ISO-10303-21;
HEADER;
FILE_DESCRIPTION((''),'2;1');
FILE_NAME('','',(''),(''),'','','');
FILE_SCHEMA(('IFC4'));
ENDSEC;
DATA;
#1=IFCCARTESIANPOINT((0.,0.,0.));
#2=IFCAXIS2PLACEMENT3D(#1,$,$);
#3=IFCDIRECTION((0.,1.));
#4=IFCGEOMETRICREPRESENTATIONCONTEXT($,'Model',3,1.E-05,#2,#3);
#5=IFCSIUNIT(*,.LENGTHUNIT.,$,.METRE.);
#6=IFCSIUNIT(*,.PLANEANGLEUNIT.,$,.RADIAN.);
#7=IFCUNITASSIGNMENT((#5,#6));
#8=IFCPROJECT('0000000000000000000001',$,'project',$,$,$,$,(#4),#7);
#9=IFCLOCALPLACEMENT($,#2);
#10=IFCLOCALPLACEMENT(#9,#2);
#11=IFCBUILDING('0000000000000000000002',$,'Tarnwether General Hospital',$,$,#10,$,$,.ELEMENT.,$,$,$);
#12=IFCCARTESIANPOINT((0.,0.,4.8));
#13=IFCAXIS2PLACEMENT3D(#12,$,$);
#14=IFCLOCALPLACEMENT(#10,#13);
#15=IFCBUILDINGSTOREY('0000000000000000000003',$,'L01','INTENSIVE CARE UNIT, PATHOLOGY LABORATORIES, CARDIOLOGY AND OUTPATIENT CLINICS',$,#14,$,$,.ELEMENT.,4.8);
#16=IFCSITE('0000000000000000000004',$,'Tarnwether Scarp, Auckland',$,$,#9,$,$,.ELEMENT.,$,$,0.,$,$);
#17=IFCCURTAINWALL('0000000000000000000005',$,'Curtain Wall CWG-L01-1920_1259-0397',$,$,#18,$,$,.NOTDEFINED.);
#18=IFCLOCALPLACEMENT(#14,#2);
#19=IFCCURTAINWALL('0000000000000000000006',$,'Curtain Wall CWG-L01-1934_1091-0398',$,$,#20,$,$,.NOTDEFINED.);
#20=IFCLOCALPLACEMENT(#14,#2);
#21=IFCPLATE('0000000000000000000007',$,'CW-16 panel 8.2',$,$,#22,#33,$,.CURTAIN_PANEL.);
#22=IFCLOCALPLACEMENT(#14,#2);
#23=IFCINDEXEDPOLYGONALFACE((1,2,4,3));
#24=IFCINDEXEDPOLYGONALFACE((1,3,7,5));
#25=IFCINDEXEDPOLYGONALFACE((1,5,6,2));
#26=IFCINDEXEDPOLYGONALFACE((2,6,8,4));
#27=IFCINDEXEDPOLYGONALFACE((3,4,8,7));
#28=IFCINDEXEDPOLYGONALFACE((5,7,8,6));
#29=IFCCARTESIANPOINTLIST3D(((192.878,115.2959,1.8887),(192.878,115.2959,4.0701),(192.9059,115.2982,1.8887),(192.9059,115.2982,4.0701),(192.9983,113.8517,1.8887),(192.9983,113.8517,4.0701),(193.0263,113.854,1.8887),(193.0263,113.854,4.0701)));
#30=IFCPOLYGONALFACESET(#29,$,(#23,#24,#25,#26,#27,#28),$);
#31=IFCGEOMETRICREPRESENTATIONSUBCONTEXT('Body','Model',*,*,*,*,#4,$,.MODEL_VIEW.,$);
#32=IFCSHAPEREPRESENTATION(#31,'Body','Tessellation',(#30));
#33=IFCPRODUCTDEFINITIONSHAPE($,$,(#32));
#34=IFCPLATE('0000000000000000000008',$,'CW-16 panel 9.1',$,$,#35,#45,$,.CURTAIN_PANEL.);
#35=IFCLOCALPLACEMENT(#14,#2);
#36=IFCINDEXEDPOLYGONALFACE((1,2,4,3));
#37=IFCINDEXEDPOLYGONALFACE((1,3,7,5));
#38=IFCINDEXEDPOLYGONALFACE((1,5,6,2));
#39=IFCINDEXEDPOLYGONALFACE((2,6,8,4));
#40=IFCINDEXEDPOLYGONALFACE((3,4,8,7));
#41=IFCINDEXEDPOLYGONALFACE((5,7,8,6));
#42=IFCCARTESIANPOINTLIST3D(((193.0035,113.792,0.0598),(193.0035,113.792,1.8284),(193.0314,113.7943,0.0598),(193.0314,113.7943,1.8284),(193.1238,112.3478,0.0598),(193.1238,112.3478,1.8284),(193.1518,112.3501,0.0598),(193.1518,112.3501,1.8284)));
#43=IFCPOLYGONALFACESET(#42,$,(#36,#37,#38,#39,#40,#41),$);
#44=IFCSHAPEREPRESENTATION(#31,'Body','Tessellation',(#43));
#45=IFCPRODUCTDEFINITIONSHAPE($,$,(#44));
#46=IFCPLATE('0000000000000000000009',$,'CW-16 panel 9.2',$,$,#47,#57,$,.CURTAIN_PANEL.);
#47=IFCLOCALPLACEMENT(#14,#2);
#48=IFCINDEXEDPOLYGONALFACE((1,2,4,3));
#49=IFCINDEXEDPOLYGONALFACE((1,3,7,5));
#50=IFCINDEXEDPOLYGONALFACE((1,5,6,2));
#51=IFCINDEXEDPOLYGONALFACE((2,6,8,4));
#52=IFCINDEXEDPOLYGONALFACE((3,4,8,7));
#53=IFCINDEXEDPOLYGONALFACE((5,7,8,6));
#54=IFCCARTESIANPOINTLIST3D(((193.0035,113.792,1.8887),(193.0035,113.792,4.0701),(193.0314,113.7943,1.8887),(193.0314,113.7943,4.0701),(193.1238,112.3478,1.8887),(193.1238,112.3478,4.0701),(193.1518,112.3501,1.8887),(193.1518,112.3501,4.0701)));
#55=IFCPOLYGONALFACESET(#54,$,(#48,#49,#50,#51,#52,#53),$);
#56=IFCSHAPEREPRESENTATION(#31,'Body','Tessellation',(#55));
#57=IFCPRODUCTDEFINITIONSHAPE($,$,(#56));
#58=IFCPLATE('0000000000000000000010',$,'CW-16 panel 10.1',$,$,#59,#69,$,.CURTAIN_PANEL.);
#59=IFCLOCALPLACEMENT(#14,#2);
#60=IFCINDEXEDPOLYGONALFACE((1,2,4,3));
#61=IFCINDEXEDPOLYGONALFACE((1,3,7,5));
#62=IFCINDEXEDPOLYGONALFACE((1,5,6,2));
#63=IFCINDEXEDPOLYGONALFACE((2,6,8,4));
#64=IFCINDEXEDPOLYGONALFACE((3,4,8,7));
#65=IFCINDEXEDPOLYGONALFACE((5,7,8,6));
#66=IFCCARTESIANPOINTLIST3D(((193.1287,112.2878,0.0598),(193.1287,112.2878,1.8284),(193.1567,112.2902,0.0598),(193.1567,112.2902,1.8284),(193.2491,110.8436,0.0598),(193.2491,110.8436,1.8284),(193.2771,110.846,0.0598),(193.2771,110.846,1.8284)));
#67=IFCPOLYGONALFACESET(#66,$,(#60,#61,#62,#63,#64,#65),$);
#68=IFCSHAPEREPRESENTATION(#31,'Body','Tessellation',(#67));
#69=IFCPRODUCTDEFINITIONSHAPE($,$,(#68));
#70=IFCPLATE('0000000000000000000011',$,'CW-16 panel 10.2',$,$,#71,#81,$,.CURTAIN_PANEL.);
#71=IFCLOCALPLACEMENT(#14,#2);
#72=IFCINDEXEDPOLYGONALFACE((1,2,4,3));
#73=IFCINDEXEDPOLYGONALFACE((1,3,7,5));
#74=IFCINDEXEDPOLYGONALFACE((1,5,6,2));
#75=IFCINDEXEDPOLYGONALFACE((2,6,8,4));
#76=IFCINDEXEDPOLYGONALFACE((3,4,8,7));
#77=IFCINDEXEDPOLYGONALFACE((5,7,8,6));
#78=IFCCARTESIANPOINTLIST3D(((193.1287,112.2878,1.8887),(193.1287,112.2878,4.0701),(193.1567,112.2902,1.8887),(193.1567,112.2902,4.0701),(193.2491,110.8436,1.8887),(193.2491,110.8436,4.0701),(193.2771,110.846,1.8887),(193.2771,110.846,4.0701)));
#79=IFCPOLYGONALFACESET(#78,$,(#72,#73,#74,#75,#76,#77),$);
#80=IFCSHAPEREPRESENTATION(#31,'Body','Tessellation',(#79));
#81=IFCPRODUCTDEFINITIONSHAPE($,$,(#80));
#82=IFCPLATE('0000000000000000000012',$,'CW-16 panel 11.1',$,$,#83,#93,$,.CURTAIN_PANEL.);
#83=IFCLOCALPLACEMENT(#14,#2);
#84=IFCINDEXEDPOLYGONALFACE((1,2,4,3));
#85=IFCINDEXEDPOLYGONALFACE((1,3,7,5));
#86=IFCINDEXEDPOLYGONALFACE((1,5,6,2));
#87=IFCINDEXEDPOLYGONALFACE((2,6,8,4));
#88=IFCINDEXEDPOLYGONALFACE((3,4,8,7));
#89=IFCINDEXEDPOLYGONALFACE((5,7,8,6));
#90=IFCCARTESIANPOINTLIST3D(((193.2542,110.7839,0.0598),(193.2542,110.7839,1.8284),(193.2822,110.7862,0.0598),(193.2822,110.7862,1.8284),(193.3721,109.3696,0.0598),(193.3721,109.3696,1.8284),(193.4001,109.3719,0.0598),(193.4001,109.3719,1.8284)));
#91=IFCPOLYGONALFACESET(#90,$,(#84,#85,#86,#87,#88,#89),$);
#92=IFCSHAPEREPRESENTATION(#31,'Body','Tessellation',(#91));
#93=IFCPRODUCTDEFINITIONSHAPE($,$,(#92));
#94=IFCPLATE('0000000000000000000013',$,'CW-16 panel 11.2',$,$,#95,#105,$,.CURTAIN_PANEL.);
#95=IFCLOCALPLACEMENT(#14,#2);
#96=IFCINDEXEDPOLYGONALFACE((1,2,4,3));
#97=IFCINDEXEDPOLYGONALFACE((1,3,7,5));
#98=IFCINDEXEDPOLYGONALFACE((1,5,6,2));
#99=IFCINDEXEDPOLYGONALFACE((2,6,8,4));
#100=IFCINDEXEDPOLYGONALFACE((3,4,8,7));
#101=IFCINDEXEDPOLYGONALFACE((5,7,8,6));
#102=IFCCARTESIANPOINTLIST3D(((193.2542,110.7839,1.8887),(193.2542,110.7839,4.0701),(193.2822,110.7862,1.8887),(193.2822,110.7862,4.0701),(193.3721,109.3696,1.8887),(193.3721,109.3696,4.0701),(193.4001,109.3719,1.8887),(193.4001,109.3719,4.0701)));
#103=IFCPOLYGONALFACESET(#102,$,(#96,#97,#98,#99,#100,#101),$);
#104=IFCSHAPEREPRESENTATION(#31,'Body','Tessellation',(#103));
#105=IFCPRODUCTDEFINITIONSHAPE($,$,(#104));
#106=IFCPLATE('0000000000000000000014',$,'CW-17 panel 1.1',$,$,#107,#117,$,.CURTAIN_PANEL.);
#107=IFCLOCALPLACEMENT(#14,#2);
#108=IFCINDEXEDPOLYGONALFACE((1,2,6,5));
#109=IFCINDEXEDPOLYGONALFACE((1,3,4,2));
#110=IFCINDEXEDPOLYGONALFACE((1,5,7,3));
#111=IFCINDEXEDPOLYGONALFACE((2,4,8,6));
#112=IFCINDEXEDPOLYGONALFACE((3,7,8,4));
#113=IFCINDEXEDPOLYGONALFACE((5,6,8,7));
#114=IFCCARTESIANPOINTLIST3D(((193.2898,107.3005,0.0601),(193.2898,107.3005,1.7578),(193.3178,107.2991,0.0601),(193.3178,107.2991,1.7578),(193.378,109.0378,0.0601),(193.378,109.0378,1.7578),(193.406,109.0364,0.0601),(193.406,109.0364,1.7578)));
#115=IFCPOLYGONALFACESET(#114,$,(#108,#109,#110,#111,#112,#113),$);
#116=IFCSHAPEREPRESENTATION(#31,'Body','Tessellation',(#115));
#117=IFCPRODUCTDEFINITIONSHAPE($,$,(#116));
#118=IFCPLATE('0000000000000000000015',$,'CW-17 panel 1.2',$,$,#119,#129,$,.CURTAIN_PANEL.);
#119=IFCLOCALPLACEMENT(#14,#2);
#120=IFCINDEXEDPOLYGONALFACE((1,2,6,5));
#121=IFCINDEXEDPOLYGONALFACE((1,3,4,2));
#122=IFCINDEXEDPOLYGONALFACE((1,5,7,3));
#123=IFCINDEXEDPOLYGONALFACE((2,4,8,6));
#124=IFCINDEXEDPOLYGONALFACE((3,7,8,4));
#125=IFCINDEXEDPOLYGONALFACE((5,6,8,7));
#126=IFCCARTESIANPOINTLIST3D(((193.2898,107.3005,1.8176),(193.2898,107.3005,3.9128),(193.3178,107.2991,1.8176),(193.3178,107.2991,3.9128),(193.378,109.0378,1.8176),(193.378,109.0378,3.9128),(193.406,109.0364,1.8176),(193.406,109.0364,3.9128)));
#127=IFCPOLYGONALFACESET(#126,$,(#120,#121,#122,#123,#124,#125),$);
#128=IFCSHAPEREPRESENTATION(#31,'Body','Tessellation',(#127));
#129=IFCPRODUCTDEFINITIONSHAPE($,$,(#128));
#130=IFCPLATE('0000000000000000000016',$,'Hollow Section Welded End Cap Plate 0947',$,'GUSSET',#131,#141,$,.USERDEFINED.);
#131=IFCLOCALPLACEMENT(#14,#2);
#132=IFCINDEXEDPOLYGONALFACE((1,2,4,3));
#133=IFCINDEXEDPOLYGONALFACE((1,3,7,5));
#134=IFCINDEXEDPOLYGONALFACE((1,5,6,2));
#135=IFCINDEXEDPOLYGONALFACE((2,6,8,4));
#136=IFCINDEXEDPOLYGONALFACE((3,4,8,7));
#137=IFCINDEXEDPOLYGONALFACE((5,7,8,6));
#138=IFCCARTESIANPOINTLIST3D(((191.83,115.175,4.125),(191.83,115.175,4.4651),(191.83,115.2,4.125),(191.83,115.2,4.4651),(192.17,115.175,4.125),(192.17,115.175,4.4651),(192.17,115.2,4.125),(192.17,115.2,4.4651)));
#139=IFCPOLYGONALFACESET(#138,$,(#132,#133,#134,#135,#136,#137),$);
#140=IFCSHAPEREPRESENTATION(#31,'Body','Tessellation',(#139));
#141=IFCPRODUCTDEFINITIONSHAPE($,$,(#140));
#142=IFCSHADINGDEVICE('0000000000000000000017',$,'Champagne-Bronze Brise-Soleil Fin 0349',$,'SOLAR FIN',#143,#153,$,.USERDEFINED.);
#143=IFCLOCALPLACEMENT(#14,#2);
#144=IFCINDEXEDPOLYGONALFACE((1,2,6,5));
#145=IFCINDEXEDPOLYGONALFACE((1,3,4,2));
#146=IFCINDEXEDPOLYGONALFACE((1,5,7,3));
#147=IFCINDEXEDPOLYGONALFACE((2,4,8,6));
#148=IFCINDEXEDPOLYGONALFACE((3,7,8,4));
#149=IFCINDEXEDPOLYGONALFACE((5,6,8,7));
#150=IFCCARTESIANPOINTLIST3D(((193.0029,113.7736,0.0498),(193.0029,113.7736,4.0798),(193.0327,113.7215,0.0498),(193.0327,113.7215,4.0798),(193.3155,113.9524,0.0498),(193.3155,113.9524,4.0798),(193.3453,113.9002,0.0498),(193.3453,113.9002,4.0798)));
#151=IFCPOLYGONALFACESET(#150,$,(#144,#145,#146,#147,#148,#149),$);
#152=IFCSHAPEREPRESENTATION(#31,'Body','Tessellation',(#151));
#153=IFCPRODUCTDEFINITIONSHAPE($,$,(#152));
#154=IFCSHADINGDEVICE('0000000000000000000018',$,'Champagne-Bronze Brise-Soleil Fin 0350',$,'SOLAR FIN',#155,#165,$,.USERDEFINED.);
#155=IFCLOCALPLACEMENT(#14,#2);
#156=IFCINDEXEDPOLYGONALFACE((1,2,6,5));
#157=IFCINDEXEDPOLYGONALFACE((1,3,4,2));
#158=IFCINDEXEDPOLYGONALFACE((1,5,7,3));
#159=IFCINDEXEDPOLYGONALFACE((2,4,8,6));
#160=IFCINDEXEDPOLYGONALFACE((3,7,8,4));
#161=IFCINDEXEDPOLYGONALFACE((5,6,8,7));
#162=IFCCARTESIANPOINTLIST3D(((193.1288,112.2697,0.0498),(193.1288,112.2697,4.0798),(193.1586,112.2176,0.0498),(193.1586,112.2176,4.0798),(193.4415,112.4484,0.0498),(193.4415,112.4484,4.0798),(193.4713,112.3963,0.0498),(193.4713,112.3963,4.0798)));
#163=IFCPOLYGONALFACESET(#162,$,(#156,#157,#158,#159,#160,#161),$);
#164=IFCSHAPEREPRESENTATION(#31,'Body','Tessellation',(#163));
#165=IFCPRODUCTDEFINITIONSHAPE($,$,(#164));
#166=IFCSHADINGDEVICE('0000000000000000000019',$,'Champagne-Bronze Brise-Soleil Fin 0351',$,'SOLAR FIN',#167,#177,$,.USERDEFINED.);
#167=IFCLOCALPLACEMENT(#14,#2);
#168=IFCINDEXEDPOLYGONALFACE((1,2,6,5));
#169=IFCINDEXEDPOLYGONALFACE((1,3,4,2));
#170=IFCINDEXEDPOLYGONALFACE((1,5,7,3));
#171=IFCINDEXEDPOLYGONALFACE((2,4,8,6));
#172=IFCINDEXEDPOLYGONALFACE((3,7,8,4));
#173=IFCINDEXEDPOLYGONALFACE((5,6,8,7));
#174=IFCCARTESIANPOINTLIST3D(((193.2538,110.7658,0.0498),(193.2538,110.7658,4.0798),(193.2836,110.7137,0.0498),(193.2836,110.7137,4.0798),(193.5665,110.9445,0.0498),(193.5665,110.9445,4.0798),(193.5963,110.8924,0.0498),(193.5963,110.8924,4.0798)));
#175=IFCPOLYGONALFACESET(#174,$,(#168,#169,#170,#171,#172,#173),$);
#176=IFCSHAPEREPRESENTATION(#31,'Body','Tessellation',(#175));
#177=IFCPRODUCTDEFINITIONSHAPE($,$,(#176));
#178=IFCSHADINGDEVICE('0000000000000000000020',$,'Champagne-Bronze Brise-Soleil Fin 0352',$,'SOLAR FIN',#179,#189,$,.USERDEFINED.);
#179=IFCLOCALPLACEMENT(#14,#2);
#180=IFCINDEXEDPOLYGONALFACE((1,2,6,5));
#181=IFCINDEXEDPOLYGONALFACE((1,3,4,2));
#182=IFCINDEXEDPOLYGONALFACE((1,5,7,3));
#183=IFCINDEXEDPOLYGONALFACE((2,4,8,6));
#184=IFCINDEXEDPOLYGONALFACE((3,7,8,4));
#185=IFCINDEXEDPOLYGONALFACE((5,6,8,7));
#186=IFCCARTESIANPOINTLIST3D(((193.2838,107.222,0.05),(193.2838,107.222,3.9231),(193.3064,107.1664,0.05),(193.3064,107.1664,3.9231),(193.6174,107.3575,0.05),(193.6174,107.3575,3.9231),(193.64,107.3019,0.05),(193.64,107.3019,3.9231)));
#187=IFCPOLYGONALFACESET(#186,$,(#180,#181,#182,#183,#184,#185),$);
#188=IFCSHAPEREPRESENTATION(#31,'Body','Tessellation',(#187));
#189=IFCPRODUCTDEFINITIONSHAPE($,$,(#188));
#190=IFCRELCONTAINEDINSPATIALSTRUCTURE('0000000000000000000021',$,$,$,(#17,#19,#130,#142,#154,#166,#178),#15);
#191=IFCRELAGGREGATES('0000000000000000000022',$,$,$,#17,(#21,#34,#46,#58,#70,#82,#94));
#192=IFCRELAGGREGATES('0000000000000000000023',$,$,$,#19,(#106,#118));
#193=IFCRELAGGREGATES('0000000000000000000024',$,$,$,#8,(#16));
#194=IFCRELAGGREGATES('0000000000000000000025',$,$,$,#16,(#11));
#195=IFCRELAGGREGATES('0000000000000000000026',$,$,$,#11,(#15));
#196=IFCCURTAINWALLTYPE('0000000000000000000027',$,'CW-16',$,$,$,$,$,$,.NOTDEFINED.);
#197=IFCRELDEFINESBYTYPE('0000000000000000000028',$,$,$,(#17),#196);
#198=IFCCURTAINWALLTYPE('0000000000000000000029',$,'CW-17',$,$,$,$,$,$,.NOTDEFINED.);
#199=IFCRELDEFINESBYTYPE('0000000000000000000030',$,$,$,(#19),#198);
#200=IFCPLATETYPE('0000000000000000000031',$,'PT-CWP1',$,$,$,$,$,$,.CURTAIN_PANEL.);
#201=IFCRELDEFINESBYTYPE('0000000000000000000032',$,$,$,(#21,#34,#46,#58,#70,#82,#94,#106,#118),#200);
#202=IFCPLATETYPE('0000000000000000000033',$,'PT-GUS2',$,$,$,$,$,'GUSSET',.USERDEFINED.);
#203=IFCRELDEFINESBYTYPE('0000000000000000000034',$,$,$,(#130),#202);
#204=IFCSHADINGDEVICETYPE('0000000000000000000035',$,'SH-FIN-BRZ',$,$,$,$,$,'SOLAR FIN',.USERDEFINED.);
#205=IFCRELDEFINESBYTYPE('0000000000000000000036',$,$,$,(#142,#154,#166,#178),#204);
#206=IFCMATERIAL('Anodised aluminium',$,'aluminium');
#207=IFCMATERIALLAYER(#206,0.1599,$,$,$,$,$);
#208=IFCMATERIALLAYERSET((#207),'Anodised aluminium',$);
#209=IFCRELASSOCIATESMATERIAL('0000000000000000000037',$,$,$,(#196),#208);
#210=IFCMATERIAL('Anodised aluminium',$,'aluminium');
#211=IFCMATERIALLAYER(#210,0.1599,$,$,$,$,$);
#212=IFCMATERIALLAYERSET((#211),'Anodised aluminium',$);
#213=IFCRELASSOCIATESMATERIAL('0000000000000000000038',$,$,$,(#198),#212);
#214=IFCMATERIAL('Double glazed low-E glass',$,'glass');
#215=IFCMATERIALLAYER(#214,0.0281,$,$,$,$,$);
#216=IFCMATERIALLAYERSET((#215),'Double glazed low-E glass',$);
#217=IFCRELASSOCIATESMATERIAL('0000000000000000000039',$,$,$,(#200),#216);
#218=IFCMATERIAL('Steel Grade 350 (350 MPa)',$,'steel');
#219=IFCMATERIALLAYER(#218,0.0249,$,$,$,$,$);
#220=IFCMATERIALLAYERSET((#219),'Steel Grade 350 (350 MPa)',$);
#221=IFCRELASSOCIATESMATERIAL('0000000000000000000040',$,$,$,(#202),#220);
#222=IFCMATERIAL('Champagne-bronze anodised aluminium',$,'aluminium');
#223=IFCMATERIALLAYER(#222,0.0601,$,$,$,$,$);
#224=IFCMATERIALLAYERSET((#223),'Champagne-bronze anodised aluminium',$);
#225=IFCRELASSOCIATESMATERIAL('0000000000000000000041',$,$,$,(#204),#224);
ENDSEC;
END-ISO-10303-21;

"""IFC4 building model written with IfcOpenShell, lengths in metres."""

from ifc_helpers import new_model, si_unit, direction, frame, origin, origin_2d, place, context, subcontext, project, spatial, rectangle, extrude, material, layer, layer_set, type_object, element, aggregate, save


model = new_model("IFC4")

# Units and contexts
model_context = context("Model", 3, precision=1e-05, world=origin(), true_north=direction((0.0, 1.0)))
body_context = subcontext(model_context, "Body", "Model", "MODEL_VIEW")
ifc_project = project(units=[si_unit("LENGTHUNIT", "METRE"), si_unit("PLANEANGLEUNIT", "RADIAN")], contexts=[model_context])

# Site, building, storey
site_placement = place(None, origin())
site = spatial("IfcSite", under=ifc_project, at=site_placement, Name="Tarnwether Scarp, Auckland", CompositionType="ELEMENT", RefElevation=0.0)
building_placement = place(site_placement, origin())
building = spatial("IfcBuilding", under=site, at=building_placement, Name="Tarnwether General Hospital", CompositionType="ELEMENT")
storey_placement = place(building_placement, frame((0.0, 0.0, 4.8)))
storey = spatial("IfcBuildingStorey", under=building, at=storey_placement, Name="L01", Description="INTENSIVE CARE UNIT, PATHOLOGY LABORATORIES, CARDIOLOGY AND OUTPATIENT CLINICS", CompositionType="ELEMENT", Elevation=4.8)

# Curtain walls
ifc_material_1 = material(Name="Anodised aluminium", Category="aluminium")
ifc_layer_1 = layer(ifc_material_1, 0.1599)
ifc_layer_set_1 = layer_set([ifc_layer_1], Name="Anodised aluminium")
curtain_wall_type_1 = type_object("IfcCurtainWallType", Name="CW-16", PredefinedType="NOTDEFINED", material=ifc_layer_set_1)
curtain_wall_1_placement = place(storey_placement, origin())
curtain_wall_1 = element("IfcCurtainWall", 1, at=curtain_wall_1_placement, inside=storey, type_object=curtain_wall_type_1, Name="Curtain Wall CWG-L01-1920_1259-0397", PredefinedType="NOTDEFINED")
ifc_material_2 = material(Name="Anodised aluminium", Category="aluminium")
ifc_layer_2 = layer(ifc_material_2, 0.1599)
ifc_layer_set_2 = layer_set([ifc_layer_2], Name="Anodised aluminium")
curtain_wall_type_2 = type_object("IfcCurtainWallType", Name="CW-17", PredefinedType="NOTDEFINED", material=ifc_layer_set_2)
curtain_wall_2_placement = place(storey_placement, origin())
curtain_wall_2 = element("IfcCurtainWall", 2, at=curtain_wall_2_placement, inside=storey, type_object=curtain_wall_type_2, Name="Curtain Wall CWG-L01-1934_1091-0398", PredefinedType="NOTDEFINED")

# Plates
ifc_material_3 = material(Name="Double glazed low-E glass", Category="glass")
ifc_layer_3 = layer(ifc_material_3, 0.0281)
ifc_layer_set_3 = layer_set([ifc_layer_3], Name="Double glazed low-E glass")
plate_type_1 = type_object("IfcPlateType", Name="PT-CWP1", PredefinedType="CURTAIN_PANEL", material=ifc_layer_set_3)
plate_1_placement = place(storey_placement, frame((192.9521, 114.575, 1.8887), z_axis=(0.0, 0.0, 1.0), x_axis=(0.083065, -0.996544, 0.0)))
plate_1 = element("IfcPlate", 3, at=plate_1_placement, type_object=plate_type_1, Name="CW-16 panel 8.2", PredefinedType="CURTAIN_PANEL", context=body_context, shape_type="SweptSolid", body=[
    extrude(rectangle(XDim=1.4492, YDim=0.0281, at=origin_2d()), origin(), (0.0, 0.0, 1.0), 2.1814),
])
plate_2_placement = place(storey_placement, frame((193.0776, 113.071, 0.0598), z_axis=(0.0, 0.0, 1.0), x_axis=(0.083065, -0.996544, 0.0)))
plate_2 = element("IfcPlate", 4, at=plate_2_placement, type_object=plate_type_1, Name="CW-16 panel 9.1", PredefinedType="CURTAIN_PANEL", context=body_context, shape_type="SweptSolid", body=[
    extrude(rectangle(XDim=1.4492, YDim=0.0281, at=origin_2d()), origin(), (0.0, 0.0, 1.0), 1.7686),
])
plate_3_placement = place(storey_placement, frame((193.0776, 113.071, 1.8887), z_axis=(0.0, 0.0, 1.0), x_axis=(0.083065, -0.996544, 0.0)))
plate_3 = element("IfcPlate", 5, at=plate_3_placement, type_object=plate_type_1, Name="CW-16 panel 9.2", PredefinedType="CURTAIN_PANEL", context=body_context, shape_type="SweptSolid", body=[
    extrude(rectangle(XDim=1.4492, YDim=0.0281, at=origin_2d()), origin(), (0.0, 0.0, 1.0), 2.1814),
])
plate_4_placement = place(storey_placement, frame((193.2029, 111.5669, 0.0598), z_axis=(0.0, 0.0, 1.0), x_axis=(0.083065, -0.996544, 0.0)))
plate_4 = element("IfcPlate", 6, at=plate_4_placement, type_object=plate_type_1, Name="CW-16 panel 10.1", PredefinedType="CURTAIN_PANEL", context=body_context, shape_type="SweptSolid", body=[
    extrude(rectangle(XDim=1.4492, YDim=0.0281, at=origin_2d()), origin(), (0.0, 0.0, 1.0), 1.7686),
])
plate_5_placement = place(storey_placement, frame((193.2029, 111.5669, 1.8887), z_axis=(0.0, 0.0, 1.0), x_axis=(0.083065, -0.996544, 0.0)))
plate_5 = element("IfcPlate", 7, at=plate_5_placement, type_object=plate_type_1, Name="CW-16 panel 10.2", PredefinedType="CURTAIN_PANEL", context=body_context, shape_type="SweptSolid", body=[
    extrude(rectangle(XDim=1.4492, YDim=0.0281, at=origin_2d()), origin(), (0.0, 0.0, 1.0), 2.1814),
])
plate_6_placement = place(storey_placement, frame((193.3271, 110.0779, 0.0598), z_axis=(0.0, 0.0, 1.0), x_axis=(0.083065, -0.996544, 0.0)))
plate_6 = element("IfcPlate", 8, at=plate_6_placement, type_object=plate_type_1, Name="CW-16 panel 11.1", PredefinedType="CURTAIN_PANEL", context=body_context, shape_type="SweptSolid", body=[
    extrude(rectangle(XDim=1.4192, YDim=0.0281, at=origin_2d()), origin(), (0.0, 0.0, 1.0), 1.7686),
])
plate_7_placement = place(storey_placement, frame((193.3271, 110.0779, 1.8887), z_axis=(0.0, 0.0, 1.0), x_axis=(0.083065, -0.996544, 0.0)))
plate_7 = element("IfcPlate", 9, at=plate_7_placement, type_object=plate_type_1, Name="CW-16 panel 11.2", PredefinedType="CURTAIN_PANEL", context=body_context, shape_type="SweptSolid", body=[
    extrude(rectangle(XDim=1.4192, YDim=0.0281, at=origin_2d()), origin(), (0.0, 0.0, 1.0), 2.1814),
])
aggregate(curtain_wall_1, [plate_1, plate_2, plate_3, plate_4, plate_5, plate_6, plate_7])
plate_8_placement = place(storey_placement, frame((193.3479, 108.1685, 0.0601), z_axis=(0.0, 0.0, 1.0), x_axis=(-0.050685, -0.998715, 0.0)))
plate_8 = element("IfcPlate", 10, at=plate_8_placement, type_object=plate_type_1, Name="CW-17 panel 1.1", PredefinedType="CURTAIN_PANEL", context=body_context, shape_type="SweptSolid", body=[
    extrude(rectangle(XDim=1.7395, YDim=0.0281, at=origin_2d()), origin(), (0.0, 0.0, 1.0), 1.6978),
])
plate_9_placement = place(storey_placement, frame((193.3479, 108.1685, 1.8176), z_axis=(0.0, 0.0, 1.0), x_axis=(-0.050685, -0.998715, 0.0)))
plate_9 = element("IfcPlate", 11, at=plate_9_placement, type_object=plate_type_1, Name="CW-17 panel 1.2", PredefinedType="CURTAIN_PANEL", context=body_context, shape_type="SweptSolid", body=[
    extrude(rectangle(XDim=1.7395, YDim=0.0281, at=origin_2d()), origin(), (0.0, 0.0, 1.0), 2.0952),
])
aggregate(curtain_wall_2, [plate_8, plate_9])
ifc_material_4 = material(Name="Steel Grade 350 (350 MPa)", Category="steel")
ifc_layer_4 = layer(ifc_material_4, 0.0249)
ifc_layer_set_4 = layer_set([ifc_layer_4], Name="Steel Grade 350 (350 MPa)")
plate_type_2 = type_object("IfcPlateType", Name="PT-GUS2", ElementType="GUSSET", PredefinedType="USERDEFINED", material=ifc_layer_set_4)
plate_10_placement = place(storey_placement, frame((192.0, 115.1875, 4.125), z_axis=(0.0, 0.0, 1.0), x_axis=(0.0, 1.0, 0.0)))
element("IfcPlate", 12, at=plate_10_placement, inside=storey, type_object=plate_type_2, Name="Hollow Section Welded End Cap Plate 0947", ObjectType="GUSSET", PredefinedType="USERDEFINED", context=body_context, shape_type="SweptSolid", body=[
    extrude(rectangle(XDim=0.0249, YDim=0.3401, at=origin_2d()), origin(), (0.0, 0.0, 1.0), 0.3401),
])

# Shading devices
ifc_material_5 = material(Name="Champagne-bronze anodised aluminium", Category="aluminium")
ifc_layer_5 = layer(ifc_material_5, 0.0601)
ifc_layer_set_5 = layer_set([ifc_layer_5], Name="Champagne-bronze anodised aluminium")
shading_device_type = type_object("IfcShadingDeviceType", Name="SH-FIN-BRZ", ElementType="SOLAR FIN", PredefinedType="USERDEFINED", material=ifc_layer_set_5)
for number, where, z_axis, x_axis, name in (
    (13, (193.1741, 113.8369, 0.0498), (0.0, 0.0, 1.0), (0.496368, -0.868112, 0.0), "Champagne-Bronze Brise-Soleil Fin 0349"),
    (14, (193.3, 112.333, 0.0498), (0.0, 0.0, 1.0), (0.496368, -0.868112, 0.0), "Champagne-Bronze Brise-Soleil Fin 0350"),
    (15, (193.425, 110.8291, 0.0498), (0.0, 0.0, 1.0), (0.496368, -0.868112, 0.0), "Champagne-Bronze Brise-Soleil Fin 0351"),
):
    element("IfcShadingDevice", number, at=place(storey_placement, frame(where, z_axis=z_axis, x_axis=x_axis)), inside=storey, type_object=shading_device_type, Name=name, ObjectType="SOLAR FIN", PredefinedType="USERDEFINED", context=body_context, shape_type="SweptSolid", body=[
        extrude(rectangle(XDim=0.0601, YDim=0.3601, at=origin_2d()), origin(), (0.0, 0.0, 1.0), 4.03),
    ])
shading_device_placement = place(storey_placement, frame((193.4619, 107.262, 0.05), z_axis=(0.0, 0.0, 1.0), x_axis=(0.376224, -0.926529, 0.0)))
element("IfcShadingDevice", 16, at=shading_device_placement, inside=storey, type_object=shading_device_type, Name="Champagne-Bronze Brise-Soleil Fin 0352", ObjectType="SOLAR FIN", PredefinedType="USERDEFINED", context=body_context, shape_type="SweptSolid", body=[
    extrude(rectangle(XDim=0.0601, YDim=0.3601, at=origin_2d()), origin(), (0.0, 0.0, 1.0), 3.873),
])

save(model, "model.ifc")
